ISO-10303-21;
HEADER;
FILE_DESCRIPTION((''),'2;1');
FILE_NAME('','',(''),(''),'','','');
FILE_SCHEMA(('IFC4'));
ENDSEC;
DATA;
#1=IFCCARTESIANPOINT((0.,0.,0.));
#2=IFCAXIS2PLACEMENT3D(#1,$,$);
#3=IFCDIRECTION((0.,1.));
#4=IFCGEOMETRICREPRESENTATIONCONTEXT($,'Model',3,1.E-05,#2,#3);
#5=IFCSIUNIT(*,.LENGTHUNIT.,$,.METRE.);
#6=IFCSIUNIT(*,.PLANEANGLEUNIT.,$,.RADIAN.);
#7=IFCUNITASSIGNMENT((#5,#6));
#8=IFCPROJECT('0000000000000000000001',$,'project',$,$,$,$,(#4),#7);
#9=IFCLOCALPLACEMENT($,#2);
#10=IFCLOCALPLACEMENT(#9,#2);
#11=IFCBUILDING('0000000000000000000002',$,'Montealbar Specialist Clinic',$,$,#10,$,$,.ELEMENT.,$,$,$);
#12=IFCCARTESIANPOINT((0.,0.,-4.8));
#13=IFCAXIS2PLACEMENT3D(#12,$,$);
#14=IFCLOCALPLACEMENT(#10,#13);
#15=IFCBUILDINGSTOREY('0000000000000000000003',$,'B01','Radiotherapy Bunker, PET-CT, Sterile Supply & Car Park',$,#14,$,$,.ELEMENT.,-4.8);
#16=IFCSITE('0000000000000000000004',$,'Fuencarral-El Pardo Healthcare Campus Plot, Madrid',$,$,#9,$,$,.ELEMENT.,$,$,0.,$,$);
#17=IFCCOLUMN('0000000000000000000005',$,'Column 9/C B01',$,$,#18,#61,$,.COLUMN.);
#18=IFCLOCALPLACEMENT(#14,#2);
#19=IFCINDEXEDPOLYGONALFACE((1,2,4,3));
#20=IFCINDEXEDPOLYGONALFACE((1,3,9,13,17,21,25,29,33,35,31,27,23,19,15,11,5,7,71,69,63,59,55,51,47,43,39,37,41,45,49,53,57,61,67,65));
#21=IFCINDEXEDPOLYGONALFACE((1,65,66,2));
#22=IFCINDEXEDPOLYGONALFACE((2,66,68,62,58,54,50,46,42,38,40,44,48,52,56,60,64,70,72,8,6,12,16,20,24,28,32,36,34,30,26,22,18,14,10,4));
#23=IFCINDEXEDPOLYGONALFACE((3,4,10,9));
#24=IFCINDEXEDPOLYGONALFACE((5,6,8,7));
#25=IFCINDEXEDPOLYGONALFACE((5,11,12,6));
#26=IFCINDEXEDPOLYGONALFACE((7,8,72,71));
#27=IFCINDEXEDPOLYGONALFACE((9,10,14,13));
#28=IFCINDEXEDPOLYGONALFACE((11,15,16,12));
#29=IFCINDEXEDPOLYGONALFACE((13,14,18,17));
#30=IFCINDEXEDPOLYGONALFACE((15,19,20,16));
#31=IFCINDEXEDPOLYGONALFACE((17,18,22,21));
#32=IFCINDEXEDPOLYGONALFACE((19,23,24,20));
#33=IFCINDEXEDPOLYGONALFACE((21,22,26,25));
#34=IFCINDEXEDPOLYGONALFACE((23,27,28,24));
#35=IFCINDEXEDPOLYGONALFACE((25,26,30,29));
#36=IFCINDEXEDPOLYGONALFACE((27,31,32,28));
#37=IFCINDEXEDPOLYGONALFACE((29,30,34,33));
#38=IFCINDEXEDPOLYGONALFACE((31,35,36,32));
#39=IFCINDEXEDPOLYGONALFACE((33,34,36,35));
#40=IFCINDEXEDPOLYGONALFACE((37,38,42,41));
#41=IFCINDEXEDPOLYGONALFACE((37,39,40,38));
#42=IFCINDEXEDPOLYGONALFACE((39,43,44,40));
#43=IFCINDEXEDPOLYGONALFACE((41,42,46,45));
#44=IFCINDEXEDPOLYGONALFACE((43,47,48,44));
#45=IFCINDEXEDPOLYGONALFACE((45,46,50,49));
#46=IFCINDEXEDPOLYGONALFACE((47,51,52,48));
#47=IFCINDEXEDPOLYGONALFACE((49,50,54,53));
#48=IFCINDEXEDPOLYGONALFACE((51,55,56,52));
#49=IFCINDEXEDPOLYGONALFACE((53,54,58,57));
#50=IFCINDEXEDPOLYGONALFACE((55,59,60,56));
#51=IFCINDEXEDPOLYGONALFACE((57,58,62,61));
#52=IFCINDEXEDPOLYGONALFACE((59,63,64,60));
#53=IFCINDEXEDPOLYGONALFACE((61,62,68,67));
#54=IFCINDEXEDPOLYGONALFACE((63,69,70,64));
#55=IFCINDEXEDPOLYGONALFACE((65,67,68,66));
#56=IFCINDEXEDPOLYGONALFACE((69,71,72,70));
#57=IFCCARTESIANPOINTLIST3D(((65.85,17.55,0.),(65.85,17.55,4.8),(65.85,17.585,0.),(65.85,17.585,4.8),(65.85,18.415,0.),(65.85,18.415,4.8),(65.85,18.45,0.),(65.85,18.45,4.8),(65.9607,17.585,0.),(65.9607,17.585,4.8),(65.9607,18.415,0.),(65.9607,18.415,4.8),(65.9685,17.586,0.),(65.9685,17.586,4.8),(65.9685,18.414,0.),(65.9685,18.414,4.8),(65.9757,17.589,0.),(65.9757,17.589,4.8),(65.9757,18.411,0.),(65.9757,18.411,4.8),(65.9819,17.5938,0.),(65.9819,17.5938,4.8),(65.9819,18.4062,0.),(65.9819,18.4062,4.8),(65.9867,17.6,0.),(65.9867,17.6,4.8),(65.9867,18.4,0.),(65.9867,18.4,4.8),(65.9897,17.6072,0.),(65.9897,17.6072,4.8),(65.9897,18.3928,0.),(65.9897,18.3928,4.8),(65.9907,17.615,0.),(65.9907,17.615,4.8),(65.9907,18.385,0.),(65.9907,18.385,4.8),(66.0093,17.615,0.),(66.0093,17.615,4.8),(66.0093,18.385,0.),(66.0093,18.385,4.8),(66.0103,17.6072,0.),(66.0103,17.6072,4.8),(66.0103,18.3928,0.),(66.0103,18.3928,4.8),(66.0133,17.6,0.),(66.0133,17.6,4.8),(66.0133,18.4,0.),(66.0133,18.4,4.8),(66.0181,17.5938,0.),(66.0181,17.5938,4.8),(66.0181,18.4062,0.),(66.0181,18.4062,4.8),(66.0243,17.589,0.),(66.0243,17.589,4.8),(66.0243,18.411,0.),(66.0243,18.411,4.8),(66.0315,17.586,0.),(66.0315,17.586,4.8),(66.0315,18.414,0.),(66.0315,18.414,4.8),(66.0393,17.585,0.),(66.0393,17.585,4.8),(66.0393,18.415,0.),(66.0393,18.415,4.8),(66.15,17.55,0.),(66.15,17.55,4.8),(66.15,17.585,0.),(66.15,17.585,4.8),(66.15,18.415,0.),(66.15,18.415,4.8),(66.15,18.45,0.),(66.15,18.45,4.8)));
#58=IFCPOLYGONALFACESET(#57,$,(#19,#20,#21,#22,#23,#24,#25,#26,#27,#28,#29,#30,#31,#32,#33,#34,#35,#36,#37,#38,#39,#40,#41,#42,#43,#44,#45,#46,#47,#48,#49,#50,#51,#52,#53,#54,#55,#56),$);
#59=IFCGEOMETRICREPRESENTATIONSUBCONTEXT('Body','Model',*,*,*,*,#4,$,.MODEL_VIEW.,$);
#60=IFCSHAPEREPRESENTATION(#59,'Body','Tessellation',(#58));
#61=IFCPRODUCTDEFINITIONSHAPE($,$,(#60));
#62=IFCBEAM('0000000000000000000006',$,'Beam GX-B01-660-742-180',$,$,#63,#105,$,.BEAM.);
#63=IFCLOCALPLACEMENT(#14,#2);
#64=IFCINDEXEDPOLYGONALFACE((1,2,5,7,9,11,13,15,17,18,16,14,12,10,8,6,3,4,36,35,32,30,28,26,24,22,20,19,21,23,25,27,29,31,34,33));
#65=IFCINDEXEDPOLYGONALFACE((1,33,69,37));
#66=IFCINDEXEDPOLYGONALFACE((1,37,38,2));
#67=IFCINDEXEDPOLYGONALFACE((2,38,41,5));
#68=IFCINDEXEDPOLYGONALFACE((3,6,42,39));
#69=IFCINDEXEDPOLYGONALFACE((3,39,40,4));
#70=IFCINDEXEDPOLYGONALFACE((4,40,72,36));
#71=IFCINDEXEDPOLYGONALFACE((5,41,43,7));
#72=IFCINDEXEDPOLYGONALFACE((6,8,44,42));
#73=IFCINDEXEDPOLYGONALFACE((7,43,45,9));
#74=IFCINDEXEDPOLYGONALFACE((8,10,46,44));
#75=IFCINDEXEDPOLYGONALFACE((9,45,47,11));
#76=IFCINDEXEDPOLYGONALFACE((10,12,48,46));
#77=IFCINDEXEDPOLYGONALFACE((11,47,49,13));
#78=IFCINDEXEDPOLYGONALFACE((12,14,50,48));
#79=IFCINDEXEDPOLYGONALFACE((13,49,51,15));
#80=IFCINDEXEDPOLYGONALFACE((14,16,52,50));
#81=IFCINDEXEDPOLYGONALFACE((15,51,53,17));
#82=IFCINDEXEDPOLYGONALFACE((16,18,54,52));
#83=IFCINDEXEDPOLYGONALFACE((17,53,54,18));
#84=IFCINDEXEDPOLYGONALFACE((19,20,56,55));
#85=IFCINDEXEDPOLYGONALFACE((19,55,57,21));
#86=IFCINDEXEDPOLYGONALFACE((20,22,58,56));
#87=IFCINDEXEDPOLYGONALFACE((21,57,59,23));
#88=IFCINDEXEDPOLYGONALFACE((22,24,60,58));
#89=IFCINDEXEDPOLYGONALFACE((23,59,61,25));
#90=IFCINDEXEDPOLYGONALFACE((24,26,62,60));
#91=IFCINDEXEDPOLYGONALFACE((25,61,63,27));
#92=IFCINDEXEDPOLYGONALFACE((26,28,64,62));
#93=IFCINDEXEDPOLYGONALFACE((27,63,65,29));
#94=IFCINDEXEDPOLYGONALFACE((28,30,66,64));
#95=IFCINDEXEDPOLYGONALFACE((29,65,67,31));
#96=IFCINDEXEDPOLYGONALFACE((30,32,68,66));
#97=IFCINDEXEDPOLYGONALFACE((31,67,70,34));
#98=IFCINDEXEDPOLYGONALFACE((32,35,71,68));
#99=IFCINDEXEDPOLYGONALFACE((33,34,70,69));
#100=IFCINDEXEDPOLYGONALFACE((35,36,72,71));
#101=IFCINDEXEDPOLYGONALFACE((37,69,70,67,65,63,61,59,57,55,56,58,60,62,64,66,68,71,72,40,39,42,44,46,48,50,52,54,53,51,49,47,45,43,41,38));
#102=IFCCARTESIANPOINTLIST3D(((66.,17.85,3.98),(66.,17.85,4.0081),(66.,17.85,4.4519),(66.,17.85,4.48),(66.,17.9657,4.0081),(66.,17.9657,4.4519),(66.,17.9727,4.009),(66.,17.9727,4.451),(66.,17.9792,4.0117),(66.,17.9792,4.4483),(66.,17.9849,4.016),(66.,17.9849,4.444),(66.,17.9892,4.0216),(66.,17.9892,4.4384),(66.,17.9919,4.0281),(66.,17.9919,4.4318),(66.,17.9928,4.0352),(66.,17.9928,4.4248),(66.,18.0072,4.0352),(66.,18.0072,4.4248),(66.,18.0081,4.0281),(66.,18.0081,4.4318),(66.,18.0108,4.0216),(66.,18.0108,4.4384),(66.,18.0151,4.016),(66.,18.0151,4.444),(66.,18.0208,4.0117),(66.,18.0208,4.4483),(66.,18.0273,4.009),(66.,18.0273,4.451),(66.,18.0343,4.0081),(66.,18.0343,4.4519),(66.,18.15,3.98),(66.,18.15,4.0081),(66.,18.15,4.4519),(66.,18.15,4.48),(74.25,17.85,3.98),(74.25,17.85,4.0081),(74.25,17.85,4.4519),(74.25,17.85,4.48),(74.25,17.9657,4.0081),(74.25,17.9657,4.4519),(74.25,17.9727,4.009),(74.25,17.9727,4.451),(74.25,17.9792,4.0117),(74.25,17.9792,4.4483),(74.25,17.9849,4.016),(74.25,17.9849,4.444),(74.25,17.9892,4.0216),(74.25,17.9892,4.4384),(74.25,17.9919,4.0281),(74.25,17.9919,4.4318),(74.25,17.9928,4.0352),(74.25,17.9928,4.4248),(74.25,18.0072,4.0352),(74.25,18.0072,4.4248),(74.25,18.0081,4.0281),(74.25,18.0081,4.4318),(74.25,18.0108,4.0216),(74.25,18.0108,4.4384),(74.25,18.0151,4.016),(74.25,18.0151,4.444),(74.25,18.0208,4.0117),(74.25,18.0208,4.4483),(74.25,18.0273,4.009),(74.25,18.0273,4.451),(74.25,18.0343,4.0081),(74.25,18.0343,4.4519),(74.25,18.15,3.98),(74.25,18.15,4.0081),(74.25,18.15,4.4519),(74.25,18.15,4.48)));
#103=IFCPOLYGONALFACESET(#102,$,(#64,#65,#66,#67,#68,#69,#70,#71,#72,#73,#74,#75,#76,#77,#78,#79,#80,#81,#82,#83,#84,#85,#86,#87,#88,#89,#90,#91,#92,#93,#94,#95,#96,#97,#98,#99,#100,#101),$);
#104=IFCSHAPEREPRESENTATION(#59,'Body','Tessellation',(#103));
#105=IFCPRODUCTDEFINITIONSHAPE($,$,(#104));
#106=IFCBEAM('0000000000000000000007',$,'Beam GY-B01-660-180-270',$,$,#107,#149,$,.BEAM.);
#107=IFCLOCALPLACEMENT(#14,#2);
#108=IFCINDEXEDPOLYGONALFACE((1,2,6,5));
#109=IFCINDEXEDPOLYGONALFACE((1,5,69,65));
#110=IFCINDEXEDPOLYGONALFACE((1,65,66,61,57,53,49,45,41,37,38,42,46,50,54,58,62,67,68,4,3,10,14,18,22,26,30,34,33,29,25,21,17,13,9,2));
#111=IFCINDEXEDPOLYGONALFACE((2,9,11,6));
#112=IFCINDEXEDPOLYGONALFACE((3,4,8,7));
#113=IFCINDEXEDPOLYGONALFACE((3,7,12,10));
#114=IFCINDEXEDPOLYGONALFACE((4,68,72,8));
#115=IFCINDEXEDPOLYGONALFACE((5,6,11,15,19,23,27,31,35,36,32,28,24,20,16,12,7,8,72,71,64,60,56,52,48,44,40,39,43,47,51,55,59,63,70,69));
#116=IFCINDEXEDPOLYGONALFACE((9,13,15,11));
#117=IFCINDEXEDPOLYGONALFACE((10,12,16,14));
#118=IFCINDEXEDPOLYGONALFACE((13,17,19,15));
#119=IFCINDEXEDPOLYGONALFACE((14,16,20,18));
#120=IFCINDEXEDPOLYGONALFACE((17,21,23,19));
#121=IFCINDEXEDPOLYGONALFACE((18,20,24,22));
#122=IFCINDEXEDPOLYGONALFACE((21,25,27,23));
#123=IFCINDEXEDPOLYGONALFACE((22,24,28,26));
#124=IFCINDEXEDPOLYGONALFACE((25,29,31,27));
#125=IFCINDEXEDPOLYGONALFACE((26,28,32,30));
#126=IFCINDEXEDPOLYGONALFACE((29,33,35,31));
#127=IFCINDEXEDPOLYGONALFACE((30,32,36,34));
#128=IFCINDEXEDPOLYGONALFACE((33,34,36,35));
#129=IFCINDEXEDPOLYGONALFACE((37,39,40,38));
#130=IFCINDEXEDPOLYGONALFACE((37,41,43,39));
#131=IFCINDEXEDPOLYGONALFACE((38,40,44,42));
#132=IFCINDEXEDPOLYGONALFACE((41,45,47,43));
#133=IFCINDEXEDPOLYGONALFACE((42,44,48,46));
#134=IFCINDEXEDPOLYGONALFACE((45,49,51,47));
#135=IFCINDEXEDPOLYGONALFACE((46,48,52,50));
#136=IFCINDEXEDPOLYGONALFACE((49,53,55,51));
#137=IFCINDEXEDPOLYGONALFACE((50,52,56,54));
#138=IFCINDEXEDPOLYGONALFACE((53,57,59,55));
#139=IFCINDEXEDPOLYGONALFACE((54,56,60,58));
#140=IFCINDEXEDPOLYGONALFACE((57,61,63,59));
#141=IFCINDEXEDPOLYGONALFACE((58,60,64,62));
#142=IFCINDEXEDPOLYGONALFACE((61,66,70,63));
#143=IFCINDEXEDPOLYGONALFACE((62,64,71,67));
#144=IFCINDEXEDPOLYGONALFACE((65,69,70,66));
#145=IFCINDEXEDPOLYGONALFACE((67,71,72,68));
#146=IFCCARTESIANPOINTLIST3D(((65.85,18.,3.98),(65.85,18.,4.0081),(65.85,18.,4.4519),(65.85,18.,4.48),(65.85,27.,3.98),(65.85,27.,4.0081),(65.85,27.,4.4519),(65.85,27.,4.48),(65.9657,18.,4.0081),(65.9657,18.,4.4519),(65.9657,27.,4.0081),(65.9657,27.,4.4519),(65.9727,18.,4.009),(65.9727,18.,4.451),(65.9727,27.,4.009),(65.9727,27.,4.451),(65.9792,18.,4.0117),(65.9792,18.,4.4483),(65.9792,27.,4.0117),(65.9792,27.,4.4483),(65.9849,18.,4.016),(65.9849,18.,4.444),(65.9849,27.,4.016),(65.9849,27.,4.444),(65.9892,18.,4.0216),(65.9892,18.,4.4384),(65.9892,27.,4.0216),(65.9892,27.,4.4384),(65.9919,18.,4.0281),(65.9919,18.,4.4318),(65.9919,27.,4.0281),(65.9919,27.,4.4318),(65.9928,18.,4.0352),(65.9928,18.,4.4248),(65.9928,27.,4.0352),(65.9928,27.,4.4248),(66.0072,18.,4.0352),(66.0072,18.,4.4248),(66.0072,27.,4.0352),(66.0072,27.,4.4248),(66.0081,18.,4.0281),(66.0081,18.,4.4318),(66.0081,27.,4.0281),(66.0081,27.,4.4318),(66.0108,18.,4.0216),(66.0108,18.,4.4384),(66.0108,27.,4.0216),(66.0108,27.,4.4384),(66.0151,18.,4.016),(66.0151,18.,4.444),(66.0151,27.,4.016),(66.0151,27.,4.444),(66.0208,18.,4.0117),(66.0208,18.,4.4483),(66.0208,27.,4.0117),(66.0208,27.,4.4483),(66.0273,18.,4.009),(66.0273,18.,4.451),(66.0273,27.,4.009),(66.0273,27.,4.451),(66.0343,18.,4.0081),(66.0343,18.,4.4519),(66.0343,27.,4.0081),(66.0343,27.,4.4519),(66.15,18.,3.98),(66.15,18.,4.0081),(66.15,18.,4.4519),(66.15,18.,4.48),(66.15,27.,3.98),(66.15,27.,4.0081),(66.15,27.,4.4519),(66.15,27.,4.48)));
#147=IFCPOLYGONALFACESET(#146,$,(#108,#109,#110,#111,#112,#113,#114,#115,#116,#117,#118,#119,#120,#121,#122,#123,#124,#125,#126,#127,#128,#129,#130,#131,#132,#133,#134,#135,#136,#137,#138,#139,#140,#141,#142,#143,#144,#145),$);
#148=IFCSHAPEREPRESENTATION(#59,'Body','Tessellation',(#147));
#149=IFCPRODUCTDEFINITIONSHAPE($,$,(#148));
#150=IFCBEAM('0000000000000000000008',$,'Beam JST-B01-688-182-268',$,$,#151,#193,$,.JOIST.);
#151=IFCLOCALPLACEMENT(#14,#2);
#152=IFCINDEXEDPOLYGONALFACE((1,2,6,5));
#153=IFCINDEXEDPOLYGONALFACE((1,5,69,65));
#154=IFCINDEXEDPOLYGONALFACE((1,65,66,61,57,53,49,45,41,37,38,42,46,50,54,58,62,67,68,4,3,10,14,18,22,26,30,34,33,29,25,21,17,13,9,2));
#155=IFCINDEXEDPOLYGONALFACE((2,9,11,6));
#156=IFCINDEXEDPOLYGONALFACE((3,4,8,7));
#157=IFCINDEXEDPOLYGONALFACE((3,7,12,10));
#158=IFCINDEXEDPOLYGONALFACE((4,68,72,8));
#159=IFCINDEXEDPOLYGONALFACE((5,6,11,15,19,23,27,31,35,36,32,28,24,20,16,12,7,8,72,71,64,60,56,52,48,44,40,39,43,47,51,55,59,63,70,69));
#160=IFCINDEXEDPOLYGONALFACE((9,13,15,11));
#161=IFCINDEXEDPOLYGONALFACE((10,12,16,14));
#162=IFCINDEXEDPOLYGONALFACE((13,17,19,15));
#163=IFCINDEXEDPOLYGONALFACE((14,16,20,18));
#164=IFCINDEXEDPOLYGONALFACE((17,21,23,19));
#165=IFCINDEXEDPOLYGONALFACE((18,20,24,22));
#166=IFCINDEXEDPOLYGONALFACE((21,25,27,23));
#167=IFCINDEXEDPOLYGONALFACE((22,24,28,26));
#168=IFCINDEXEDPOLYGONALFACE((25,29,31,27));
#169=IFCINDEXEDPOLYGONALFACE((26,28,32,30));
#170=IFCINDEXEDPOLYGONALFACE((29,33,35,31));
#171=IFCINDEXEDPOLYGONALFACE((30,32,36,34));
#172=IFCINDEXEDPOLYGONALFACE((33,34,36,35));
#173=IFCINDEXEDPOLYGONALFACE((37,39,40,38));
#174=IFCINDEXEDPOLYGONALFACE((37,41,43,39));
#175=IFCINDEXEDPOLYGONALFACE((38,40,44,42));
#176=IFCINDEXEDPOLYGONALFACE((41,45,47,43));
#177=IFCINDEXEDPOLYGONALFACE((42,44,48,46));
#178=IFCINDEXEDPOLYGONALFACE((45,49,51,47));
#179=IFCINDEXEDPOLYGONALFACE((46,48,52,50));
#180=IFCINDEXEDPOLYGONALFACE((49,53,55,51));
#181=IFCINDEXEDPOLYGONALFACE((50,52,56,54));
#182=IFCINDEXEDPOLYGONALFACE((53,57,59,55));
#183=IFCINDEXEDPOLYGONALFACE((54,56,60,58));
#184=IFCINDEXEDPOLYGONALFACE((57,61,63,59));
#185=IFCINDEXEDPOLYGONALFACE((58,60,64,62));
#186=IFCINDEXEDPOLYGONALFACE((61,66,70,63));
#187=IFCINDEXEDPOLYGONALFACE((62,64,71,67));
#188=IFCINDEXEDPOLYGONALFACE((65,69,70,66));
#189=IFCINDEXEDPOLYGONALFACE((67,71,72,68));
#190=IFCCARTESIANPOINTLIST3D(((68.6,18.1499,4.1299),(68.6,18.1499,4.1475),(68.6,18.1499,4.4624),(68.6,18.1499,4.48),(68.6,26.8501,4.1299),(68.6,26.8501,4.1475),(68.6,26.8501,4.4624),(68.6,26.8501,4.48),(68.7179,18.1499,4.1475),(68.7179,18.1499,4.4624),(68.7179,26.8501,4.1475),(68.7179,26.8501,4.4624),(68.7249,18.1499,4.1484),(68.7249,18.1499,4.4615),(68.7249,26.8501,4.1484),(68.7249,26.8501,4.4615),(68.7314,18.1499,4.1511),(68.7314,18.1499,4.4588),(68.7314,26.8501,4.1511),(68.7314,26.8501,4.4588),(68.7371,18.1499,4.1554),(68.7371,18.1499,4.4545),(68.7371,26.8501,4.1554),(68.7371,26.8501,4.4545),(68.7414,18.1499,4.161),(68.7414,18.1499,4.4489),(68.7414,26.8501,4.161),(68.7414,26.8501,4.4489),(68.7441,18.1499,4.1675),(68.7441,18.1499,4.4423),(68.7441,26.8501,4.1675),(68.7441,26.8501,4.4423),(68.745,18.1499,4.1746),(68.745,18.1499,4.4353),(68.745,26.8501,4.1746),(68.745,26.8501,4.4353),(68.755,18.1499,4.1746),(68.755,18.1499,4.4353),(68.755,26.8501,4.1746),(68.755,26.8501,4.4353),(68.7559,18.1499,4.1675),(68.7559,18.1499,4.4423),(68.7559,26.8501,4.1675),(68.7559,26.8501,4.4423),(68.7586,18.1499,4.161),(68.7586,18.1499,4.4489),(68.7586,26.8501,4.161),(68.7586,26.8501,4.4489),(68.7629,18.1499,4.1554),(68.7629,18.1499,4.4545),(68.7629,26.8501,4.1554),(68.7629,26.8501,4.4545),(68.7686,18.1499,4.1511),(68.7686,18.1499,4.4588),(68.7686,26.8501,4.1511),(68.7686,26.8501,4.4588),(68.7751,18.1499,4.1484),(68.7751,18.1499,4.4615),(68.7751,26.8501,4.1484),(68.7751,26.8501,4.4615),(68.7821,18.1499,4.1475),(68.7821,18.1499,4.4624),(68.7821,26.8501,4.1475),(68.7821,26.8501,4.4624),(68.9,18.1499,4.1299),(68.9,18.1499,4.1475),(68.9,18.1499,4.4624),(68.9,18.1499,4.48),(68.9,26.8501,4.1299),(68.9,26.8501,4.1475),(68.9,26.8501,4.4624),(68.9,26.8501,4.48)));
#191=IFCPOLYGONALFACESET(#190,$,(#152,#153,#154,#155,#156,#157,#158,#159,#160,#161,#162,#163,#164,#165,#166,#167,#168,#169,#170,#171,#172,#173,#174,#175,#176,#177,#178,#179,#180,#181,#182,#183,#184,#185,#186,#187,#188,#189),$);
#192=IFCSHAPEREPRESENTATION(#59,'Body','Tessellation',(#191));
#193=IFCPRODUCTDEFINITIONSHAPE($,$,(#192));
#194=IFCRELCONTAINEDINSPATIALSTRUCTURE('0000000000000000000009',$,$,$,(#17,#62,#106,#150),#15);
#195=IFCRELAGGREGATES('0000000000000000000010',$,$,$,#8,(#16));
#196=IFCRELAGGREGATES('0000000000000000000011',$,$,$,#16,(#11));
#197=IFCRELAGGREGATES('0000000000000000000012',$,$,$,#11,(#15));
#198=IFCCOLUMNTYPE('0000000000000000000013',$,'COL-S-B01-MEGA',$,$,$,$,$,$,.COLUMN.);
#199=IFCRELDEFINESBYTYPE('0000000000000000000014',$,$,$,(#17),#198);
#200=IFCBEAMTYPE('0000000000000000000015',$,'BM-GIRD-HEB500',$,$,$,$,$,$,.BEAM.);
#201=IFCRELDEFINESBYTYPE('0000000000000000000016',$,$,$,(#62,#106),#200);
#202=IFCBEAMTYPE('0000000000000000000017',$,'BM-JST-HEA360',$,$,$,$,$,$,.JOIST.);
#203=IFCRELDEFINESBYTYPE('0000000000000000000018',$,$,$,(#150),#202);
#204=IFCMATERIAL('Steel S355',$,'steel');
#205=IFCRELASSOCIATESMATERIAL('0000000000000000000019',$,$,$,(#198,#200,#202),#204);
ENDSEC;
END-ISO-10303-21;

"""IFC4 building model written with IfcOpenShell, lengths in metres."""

from ifc_helpers import new_model, si_unit, direction, frame, origin, origin_2d, place, context, subcontext, project, spatial, i_section, extrude, material, material_profile, profile_set, type_object, element, save


model = new_model("IFC4")

# Units and contexts
model_context = context("Model", 3, precision=1e-05, world=origin(), true_north=direction((0.0, 1.0)))
body_context = subcontext(model_context, "Body", "Model", "MODEL_VIEW")
ifc_project = project(units=[si_unit("LENGTHUNIT", "METRE"), si_unit("PLANEANGLEUNIT", "RADIAN")], contexts=[model_context])

# Site, building, storey
site_placement = place(None, origin())
site = spatial("IfcSite", under=ifc_project, at=site_placement, Name="Fuencarral-El Pardo Healthcare Campus Plot, Madrid", CompositionType="ELEMENT", RefElevation=0.0)
building_placement = place(site_placement, origin())
building = spatial("IfcBuilding", under=site, at=building_placement, Name="Montealbar Specialist Clinic", CompositionType="ELEMENT")
storey_placement = place(building_placement, frame((0.0, 0.0, -4.8)))
storey = spatial("IfcBuildingStorey", under=building, at=storey_placement, Name="B01", Description="Radiotherapy Bunker, PET-CT, Sterile Supply & Car Park", CompositionType="ELEMENT", Elevation=-4.8)

# Column
ifc_material_1 = material(Name="Steel S355", Category="steel")
ifc_material_profile_1 = material_profile(ifc_material_1, i_section(OverallWidth=0.3, OverallDepth=0.8999, WebThickness=0.0186, FlangeThickness=0.0349, FilletRadius=0.03, at=origin_2d()), Name="HEB 900", Category="steel")
ifc_profile_set_1 = profile_set([ifc_material_profile_1], Name="Steel S355")
column_type = type_object("IfcColumnType", Name="COL-S-B01-MEGA", PredefinedType="COLUMN", material=ifc_profile_set_1)
column_placement = place(storey_placement, frame((66.0, 18.0, 0.0), z_axis=(0.0, 0.0, 1.0), x_axis=(1.0, 0.0, 0.0)))
element("IfcColumn", 1, at=column_placement, inside=storey, type_object=column_type, Name="Column 9/C B01", PredefinedType="COLUMN", context=body_context, shape_type="SweptSolid", body=[
    extrude(i_section(OverallWidth=0.3, OverallDepth=0.8999, WebThickness=0.0186, FlangeThickness=0.0349, FilletRadius=0.03, at=origin_2d()), origin(), (0.0, 0.0, 1.0), 4.8),
])

# Beams
ifc_material_profile_2 = material_profile(ifc_material_1, i_section(OverallWidth=0.3, OverallDepth=0.5, WebThickness=0.0144, FlangeThickness=0.0281, FilletRadius=0.0271, at=origin_2d()), Name="HEB 500", Category="steel")
ifc_profile_set_2 = profile_set([ifc_material_profile_2], Name="Steel S355")
beam_type_1 = type_object("IfcBeamType", Name="BM-GIRD-HEB500", PredefinedType="BEAM", material=ifc_profile_set_2)
beam_1_placement = place(storey_placement, frame((66.0, 18.0, 4.23), z_axis=(1.0, 0.0, 0.0), x_axis=(0.0, 1.0, 0.0)))
element("IfcBeam", 2, at=beam_1_placement, inside=storey, type_object=beam_type_1, Name="Beam GX-B01-660-742-180", PredefinedType="BEAM", context=body_context, shape_type="SweptSolid", body=[
    extrude(i_section(OverallWidth=0.3, OverallDepth=0.5, WebThickness=0.0144, FlangeThickness=0.0281, FilletRadius=0.0271, at=origin_2d()), origin(), (0.0, 0.0, 1.0), 8.25),
])
beam_2_placement = place(storey_placement, frame((66.0, 18.0, 4.23), z_axis=(0.0, 1.0, 0.0), x_axis=(-1.0, 0.0, 0.0)))
element("IfcBeam", 3, at=beam_2_placement, inside=storey, type_object=beam_type_1, Name="Beam GY-B01-660-180-270", PredefinedType="BEAM", context=body_context, shape_type="SweptSolid", body=[
    extrude(i_section(OverallWidth=0.3, OverallDepth=0.5, WebThickness=0.0144, FlangeThickness=0.0281, FilletRadius=0.0271, at=origin_2d()), origin(), (0.0, 0.0, 1.0), 9.0),
])
ifc_material_profile_3 = material_profile(ifc_material_1, i_section(OverallWidth=0.3, OverallDepth=0.3501, WebThickness=0.01, FlangeThickness=0.0176, FilletRadius=0.0271, at=origin_2d()), Name="HEA 360", Category="steel")
ifc_profile_set_3 = profile_set([ifc_material_profile_3], Name="Steel S355")
beam_type_2 = type_object("IfcBeamType", Name="BM-JST-HEA360", PredefinedType="JOIST", material=ifc_profile_set_3)
beam_3_placement = place(storey_placement, frame((68.75, 18.1499, 4.3049), z_axis=(0.0, 1.0, 0.0), x_axis=(-1.0, 0.0, 0.0)))
element("IfcBeam", 4, at=beam_3_placement, inside=storey, type_object=beam_type_2, Name="Beam JST-B01-688-182-268", PredefinedType="JOIST", context=body_context, shape_type="SweptSolid", body=[
    extrude(i_section(OverallWidth=0.3, OverallDepth=0.3501, WebThickness=0.01, FlangeThickness=0.0176, FilletRadius=0.0271, at=origin_2d()), origin(), (0.0, 0.0, 1.0), 8.7002),
])

save(model, "model.ifc")
